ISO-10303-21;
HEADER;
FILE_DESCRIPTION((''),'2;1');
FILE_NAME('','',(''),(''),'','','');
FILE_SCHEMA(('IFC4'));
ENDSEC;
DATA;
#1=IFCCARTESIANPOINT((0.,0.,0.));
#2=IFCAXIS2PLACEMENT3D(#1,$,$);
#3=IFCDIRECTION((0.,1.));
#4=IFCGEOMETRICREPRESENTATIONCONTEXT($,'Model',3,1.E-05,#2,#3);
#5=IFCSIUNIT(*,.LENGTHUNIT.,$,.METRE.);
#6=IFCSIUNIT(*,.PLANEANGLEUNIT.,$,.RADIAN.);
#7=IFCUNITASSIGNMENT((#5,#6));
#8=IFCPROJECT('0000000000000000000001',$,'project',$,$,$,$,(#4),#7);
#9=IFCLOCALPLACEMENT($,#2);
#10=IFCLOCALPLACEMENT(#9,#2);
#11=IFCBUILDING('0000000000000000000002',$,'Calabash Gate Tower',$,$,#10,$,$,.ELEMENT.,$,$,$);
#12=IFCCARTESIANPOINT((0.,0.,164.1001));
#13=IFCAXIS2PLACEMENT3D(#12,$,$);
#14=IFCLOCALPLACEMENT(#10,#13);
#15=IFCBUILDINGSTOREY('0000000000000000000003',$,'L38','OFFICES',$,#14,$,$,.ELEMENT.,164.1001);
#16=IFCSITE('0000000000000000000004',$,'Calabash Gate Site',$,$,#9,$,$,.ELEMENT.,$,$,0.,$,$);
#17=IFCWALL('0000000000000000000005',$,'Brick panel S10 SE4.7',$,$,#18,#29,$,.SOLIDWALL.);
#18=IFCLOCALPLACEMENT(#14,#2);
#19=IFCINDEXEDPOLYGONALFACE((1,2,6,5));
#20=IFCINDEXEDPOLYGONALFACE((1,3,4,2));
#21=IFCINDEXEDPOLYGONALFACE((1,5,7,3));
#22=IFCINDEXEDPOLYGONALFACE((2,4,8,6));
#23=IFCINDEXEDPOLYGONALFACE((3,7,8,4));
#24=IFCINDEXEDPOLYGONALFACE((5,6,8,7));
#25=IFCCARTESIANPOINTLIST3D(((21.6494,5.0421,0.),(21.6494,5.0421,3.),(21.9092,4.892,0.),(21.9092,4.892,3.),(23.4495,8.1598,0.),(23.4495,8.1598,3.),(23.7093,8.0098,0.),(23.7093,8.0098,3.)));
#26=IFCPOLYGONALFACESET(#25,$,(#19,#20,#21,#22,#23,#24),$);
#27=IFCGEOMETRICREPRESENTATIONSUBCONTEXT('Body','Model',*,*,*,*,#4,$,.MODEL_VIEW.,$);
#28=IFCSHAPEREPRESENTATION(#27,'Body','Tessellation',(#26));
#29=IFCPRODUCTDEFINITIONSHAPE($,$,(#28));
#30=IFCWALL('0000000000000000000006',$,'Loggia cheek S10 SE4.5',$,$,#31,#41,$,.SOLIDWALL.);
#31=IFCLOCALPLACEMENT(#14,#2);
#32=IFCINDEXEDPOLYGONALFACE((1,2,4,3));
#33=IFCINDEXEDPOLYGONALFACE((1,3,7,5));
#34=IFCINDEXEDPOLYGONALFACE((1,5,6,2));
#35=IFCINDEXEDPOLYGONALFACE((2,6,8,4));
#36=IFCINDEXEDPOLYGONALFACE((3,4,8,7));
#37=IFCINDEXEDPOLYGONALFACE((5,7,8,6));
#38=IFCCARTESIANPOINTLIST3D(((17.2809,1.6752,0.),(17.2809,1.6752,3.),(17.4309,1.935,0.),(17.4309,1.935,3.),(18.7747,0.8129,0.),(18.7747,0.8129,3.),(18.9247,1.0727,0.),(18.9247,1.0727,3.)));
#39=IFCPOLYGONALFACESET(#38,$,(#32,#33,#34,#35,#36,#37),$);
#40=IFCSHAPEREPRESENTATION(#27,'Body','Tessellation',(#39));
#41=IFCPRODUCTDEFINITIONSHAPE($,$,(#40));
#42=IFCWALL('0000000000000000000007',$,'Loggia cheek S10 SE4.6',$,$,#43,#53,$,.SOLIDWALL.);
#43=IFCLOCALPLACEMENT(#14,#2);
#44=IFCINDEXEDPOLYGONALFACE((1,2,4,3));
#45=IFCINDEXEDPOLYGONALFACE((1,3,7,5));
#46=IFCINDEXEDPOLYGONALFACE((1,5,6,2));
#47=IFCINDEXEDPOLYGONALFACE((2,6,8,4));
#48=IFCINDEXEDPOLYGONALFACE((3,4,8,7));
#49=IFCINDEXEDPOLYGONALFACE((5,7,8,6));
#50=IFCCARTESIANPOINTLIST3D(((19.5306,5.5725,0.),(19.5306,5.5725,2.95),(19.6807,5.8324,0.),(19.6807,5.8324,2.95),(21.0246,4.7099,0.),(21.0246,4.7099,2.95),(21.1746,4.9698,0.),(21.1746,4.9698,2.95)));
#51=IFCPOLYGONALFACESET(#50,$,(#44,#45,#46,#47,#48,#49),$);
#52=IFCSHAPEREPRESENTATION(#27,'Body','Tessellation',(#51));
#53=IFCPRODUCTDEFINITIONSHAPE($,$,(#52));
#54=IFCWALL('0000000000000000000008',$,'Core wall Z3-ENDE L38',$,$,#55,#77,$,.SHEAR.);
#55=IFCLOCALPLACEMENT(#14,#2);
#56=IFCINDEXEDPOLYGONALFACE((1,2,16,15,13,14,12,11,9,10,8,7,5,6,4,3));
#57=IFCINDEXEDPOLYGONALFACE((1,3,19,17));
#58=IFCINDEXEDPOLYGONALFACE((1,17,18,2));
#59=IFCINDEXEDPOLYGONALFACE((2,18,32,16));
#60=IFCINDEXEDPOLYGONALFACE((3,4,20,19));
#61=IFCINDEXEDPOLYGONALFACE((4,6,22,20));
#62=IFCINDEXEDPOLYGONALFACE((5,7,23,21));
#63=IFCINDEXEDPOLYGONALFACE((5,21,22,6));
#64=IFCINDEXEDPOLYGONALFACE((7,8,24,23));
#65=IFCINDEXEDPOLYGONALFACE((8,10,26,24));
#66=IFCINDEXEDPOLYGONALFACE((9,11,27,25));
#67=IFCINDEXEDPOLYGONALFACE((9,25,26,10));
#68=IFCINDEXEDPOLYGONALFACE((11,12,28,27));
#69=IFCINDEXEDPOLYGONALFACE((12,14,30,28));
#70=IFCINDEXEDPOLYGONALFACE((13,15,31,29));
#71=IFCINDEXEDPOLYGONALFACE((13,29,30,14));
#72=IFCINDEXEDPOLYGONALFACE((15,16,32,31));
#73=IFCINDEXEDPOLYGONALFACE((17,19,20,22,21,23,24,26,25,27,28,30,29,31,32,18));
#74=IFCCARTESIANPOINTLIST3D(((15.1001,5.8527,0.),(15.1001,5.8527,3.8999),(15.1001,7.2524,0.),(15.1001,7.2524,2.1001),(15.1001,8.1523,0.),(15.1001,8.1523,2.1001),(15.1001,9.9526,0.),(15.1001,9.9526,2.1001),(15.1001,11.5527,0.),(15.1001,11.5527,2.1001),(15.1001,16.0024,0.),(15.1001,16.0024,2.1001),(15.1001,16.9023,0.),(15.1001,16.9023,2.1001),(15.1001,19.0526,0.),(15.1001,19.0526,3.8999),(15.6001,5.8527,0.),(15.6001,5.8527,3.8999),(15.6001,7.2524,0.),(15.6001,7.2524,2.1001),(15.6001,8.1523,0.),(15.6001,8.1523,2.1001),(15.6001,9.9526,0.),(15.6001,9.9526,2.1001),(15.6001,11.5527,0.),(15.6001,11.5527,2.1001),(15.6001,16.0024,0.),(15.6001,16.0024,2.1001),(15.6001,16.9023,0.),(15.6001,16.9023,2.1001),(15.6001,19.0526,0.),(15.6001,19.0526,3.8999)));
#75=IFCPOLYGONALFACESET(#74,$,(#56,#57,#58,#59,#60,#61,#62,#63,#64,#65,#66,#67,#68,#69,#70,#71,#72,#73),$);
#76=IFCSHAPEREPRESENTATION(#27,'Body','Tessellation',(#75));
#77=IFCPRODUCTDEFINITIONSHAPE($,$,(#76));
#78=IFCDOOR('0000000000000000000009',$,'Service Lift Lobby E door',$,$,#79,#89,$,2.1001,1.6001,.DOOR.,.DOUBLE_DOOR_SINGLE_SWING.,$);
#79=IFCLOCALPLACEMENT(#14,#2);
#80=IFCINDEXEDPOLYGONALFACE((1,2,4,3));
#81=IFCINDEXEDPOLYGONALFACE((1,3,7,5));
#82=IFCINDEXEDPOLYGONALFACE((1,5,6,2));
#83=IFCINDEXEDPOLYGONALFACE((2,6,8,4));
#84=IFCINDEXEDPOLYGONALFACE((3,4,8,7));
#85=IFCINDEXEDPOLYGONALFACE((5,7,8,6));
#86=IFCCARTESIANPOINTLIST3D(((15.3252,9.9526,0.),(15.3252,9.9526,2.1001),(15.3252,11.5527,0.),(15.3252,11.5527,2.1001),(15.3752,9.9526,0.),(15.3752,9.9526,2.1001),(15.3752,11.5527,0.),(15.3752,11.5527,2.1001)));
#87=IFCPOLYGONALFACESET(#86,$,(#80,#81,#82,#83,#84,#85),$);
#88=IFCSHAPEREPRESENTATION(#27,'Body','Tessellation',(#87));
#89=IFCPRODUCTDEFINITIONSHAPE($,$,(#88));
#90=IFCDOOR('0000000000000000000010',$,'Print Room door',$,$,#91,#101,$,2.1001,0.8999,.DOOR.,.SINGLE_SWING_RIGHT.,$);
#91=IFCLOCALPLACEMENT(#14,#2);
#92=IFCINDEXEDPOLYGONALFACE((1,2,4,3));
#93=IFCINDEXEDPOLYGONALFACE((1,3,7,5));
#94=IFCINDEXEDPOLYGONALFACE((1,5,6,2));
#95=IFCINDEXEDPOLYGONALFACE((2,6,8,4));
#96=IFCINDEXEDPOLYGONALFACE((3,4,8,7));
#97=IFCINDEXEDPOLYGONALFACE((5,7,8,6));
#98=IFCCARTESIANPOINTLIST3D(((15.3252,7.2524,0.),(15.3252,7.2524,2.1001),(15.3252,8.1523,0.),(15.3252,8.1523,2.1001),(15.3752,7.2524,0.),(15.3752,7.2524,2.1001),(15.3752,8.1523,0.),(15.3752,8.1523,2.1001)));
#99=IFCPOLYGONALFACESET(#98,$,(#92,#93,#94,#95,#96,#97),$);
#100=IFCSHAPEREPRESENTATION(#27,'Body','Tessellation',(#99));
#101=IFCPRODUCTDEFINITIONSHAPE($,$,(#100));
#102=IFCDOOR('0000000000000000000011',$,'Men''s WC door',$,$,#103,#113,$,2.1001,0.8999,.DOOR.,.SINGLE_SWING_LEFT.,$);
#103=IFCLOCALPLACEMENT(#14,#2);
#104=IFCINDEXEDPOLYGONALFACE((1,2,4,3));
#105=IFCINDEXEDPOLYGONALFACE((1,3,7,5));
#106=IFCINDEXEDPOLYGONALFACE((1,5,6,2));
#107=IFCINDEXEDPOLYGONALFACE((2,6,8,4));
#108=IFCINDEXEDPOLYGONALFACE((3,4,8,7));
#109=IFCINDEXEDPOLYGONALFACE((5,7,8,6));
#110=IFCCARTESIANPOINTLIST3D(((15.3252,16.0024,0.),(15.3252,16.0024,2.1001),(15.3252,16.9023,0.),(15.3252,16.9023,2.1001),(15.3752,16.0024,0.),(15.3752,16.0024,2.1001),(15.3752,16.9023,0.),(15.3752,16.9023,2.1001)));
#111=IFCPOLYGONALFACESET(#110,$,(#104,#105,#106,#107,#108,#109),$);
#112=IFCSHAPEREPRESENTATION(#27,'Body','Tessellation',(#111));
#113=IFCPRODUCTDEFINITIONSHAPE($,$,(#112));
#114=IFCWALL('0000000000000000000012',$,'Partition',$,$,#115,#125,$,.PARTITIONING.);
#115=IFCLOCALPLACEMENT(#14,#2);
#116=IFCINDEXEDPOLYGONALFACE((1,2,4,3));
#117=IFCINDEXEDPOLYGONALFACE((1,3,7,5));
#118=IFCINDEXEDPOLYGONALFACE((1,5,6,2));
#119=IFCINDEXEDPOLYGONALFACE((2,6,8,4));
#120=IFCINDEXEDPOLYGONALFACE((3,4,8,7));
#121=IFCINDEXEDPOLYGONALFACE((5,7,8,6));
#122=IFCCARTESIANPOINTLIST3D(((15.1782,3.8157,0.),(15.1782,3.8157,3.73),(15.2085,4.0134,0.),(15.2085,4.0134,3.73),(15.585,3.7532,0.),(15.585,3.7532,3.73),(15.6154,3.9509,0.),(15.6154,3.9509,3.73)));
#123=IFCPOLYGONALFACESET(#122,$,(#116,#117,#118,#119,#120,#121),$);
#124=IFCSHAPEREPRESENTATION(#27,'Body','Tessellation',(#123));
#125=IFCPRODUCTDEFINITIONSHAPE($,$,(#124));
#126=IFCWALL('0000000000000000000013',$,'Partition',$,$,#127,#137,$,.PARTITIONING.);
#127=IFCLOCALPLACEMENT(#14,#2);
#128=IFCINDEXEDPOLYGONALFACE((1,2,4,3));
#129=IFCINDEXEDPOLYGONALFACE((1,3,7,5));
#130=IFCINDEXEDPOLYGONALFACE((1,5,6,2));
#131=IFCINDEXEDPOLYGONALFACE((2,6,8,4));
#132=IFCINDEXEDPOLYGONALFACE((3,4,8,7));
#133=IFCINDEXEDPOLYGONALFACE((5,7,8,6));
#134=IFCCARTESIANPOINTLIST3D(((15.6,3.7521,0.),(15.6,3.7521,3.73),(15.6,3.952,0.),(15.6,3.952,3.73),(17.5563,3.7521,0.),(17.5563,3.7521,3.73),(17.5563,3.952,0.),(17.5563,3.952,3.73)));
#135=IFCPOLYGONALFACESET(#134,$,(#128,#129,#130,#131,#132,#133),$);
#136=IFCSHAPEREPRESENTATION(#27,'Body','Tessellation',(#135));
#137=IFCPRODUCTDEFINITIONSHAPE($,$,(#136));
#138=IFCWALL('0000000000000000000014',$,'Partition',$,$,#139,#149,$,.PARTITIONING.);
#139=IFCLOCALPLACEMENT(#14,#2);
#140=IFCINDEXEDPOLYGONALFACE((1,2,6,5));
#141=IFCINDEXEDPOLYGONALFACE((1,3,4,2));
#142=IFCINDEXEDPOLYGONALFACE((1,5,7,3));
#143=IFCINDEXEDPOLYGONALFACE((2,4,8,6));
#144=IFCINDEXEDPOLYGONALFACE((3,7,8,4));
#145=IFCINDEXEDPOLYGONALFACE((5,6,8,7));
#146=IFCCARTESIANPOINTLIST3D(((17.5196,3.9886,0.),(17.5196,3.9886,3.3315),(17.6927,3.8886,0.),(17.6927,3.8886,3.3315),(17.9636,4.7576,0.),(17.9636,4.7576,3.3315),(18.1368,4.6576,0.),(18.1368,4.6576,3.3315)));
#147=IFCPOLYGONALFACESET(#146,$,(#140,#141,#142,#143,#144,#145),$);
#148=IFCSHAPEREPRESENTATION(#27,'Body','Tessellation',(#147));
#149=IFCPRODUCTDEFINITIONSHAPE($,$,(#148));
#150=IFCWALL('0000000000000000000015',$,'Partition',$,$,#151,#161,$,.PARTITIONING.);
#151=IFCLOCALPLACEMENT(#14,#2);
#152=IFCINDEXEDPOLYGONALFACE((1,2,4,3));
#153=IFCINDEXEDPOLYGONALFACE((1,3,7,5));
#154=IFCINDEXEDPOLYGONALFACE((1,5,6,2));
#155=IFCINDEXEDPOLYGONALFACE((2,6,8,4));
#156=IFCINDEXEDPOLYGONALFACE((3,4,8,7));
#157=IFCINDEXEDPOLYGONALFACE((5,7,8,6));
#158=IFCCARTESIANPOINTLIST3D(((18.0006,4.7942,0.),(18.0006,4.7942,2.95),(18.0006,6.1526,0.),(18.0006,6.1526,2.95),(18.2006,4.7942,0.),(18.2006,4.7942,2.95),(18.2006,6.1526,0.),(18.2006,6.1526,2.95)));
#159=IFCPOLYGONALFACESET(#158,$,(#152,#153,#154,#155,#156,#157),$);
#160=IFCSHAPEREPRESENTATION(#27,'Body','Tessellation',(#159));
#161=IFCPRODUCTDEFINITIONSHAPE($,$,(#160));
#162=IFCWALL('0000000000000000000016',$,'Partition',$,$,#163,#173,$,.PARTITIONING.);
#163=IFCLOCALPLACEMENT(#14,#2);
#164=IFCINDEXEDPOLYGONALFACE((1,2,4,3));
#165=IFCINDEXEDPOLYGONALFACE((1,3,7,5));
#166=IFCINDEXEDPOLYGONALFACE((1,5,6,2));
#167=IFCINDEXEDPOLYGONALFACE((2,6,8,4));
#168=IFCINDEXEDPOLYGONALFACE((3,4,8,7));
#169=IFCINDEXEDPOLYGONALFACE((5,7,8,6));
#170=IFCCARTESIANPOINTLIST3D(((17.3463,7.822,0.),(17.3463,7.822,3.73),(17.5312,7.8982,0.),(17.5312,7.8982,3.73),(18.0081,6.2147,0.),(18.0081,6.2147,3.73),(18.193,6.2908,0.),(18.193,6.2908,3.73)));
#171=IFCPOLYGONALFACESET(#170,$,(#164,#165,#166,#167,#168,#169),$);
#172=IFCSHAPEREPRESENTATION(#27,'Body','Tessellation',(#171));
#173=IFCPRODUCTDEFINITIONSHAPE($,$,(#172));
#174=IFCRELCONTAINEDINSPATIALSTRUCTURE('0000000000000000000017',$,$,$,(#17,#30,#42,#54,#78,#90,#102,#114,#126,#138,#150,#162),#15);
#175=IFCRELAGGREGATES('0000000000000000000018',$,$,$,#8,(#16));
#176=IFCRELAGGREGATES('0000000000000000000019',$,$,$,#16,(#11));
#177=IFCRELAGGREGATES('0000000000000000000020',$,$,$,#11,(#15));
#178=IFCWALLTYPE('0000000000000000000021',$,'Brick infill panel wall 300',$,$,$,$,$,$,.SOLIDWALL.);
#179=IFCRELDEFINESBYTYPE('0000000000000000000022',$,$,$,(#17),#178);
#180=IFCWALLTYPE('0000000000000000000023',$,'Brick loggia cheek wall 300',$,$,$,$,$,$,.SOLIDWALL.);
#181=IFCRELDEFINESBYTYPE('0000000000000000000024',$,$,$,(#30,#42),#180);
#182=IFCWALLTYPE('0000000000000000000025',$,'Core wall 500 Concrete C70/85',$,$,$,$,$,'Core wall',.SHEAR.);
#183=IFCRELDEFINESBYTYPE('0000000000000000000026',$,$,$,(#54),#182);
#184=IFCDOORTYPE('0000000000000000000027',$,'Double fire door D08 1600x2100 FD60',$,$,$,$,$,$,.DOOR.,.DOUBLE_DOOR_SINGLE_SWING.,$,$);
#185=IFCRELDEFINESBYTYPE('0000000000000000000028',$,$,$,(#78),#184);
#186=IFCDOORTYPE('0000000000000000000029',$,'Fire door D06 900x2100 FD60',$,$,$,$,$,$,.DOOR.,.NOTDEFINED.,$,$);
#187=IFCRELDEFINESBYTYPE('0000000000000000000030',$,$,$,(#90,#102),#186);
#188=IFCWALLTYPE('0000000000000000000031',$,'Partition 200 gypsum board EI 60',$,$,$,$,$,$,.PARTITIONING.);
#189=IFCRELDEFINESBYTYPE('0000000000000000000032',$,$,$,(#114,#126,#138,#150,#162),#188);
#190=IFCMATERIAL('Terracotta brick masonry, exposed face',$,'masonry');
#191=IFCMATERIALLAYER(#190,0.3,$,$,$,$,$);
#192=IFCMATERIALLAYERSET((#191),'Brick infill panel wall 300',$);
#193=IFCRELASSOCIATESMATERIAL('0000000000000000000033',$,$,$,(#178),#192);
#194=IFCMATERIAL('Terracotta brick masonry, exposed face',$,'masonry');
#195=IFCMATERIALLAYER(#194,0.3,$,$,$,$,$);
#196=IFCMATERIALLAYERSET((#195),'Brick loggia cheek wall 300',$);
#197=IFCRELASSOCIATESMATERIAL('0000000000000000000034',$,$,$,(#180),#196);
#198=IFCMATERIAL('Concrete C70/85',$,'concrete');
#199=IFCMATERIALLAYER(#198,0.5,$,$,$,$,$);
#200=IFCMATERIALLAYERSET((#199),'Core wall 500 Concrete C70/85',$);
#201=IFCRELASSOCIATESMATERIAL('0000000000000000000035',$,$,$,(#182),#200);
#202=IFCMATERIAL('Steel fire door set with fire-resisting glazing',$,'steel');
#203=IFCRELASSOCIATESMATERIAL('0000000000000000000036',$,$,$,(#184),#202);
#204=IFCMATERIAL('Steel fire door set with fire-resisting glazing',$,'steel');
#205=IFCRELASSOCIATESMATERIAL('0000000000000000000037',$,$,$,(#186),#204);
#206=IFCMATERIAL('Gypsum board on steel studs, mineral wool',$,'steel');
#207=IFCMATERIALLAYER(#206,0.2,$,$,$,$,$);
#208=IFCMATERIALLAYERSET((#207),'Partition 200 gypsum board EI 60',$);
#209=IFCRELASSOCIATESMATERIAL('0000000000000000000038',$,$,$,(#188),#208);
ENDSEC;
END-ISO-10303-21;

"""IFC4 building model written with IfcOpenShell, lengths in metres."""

from ifc_helpers import new_model, si_unit, direction, frame, frame_2d, origin, place, context, subcontext, project, spatial, rectangle, extrude, material, layer, layer_set, type_object, element, fill, save


model = new_model("IFC4")

# Units and contexts
model_context = context("Model", 3, precision=1e-05, world=origin(), true_north=direction((0.0, 1.0)))
body_context = subcontext(model_context, "Body", "Model", "MODEL_VIEW")
ifc_project = project(units=[si_unit("LENGTHUNIT", "METRE"), si_unit("PLANEANGLEUNIT", "RADIAN")], contexts=[model_context])

# Site, building, storey
site_placement = place(None, origin())
site = spatial("IfcSite", under=ifc_project, at=site_placement, Name="Calabash Gate Site", CompositionType="ELEMENT", RefElevation=0.0)
building_placement = place(site_placement, origin())
building = spatial("IfcBuilding", under=site, at=building_placement, Name="Calabash Gate Tower", CompositionType="ELEMENT")
storey_placement = place(building_placement, frame((0.0, 0.0, 164.1001)))
storey = spatial("IfcBuildingStorey", under=building, at=storey_placement, Name="L38", Description="OFFICES", CompositionType="ELEMENT", Elevation=164.1001)

# Walls
ifc_material_1 = material(Name="Terracotta brick masonry, exposed face", Category="masonry")
ifc_layer_1 = layer(ifc_material_1, 0.3)
ifc_layer_set_1 = layer_set([ifc_layer_1], Name="Brick infill panel wall 300")
wall_type_1 = type_object("IfcWallType", Name="Brick infill panel wall 300", PredefinedType="SOLIDWALL", material=ifc_layer_set_1)
wall_1_placement = place(storey_placement, frame((21.7793, 4.967, 0.0), z_axis=(0.0, 0.0, 1.0), x_axis=(0.500012, 0.866018, 0.0)))
element("IfcWall", 1, at=wall_1_placement, inside=storey, type_object=wall_type_1, Name="Brick panel S10 SE4.7", PredefinedType="SOLIDWALL", context=body_context, shape_type="SweptSolid", body=[
    extrude(rectangle(XDim=3.6001, YDim=0.3, at=frame_2d((1.8, 0.0))), origin(), (0.0, 0.0, 1.0), 3.0),
])
ifc_material_2 = material(Name="Terracotta brick masonry, exposed face", Category="masonry")
ifc_layer_2 = layer(ifc_material_2, 0.3)
ifc_layer_set_2 = layer_set([ifc_layer_2], Name="Brick loggia cheek wall 300")
wall_type_2 = type_object("IfcWallType", Name="Brick loggia cheek wall 300", PredefinedType="SOLIDWALL", material=ifc_layer_set_2)
wall_2_placement = place(storey_placement, frame((18.8496, 0.9429, 0.0), z_axis=(0.0, 0.0, 1.0), x_axis=(-0.866075, 0.499914, 0.0)))
element("IfcWall", 2, at=wall_2_placement, inside=storey, type_object=wall_type_2, Name="Loggia cheek S10 SE4.5", PredefinedType="SOLIDWALL", context=body_context, shape_type="SweptSolid", body=[
    extrude(rectangle(XDim=1.7249, YDim=0.3, at=frame_2d((0.8623, 0.0))), origin(), (0.0, 0.0, 1.0), 3.0),
])
wall_3_placement = place(storey_placement, frame((21.0996, 4.8398, 0.0), z_axis=(0.0, 0.0, 1.0), x_axis=(-0.866014, 0.500021, 0.0)))
element("IfcWall", 3, at=wall_3_placement, inside=storey, type_object=wall_type_2, Name="Loggia cheek S10 SE4.6", PredefinedType="SOLIDWALL", context=body_context, shape_type="SweptSolid", body=[
    extrude(rectangle(XDim=1.7251, YDim=0.3, at=frame_2d((0.8625, 0.0))), origin(), (0.0, 0.0, 1.0), 2.95),
])

# Wall, openings, doors
ifc_material_3 = material(Name="Concrete C70/85", Category="concrete")
ifc_layer_3 = layer(ifc_material_3, 0.5)
ifc_layer_set_3 = layer_set([ifc_layer_3], Name="Core wall 500 Concrete C70/85")
wall_type_3 = type_object("IfcWallType", Name="Core wall 500 Concrete C70/85", ElementType="Core wall", PredefinedType="SHEAR", material=ifc_layer_set_3)
wall_4_placement = place(storey_placement, frame((15.3501, 5.8525, 0.0), z_axis=(0.0, 0.0, 1.0), x_axis=(0.0, 1.0, 0.0)))
wall_4 = element("IfcWall", 4, at=wall_4_placement, inside=storey, type_object=wall_type_3, Name="Core wall Z3-ENDE L38", PredefinedType="SHEAR", context=body_context, shape_type="SweptSolid", body=[
    extrude(rectangle(XDim=13.2, YDim=0.5, at=frame_2d((6.6001, 0.0))), origin(), (0.0, 0.0, 1.0), 3.8999),
])
opening_1_placement = place(wall_4_placement, frame((4.1001, 0.0, 0.0)))
opening_1 = element("IfcOpeningElement", 5, at=opening_1_placement, cuts=wall_4, PredefinedType="OPENING", context=body_context, shape_type="SweptSolid", body=[
    extrude(rectangle(XDim=1.6001, YDim=2.1001, at=frame_2d((0.8, 1.05))), frame((0.0, 0.26, 0.0), z_axis=(0.0, -1.0, 0.0), x_axis=(1.0, 0.0, 0.0)), (0.0, 0.0, 1.0), 0.52),
])
opening_2_placement = place(wall_4_placement, frame((1.3999, 0.0, 0.0)))
opening_2 = element("IfcOpeningElement", 6, at=opening_2_placement, cuts=wall_4, PredefinedType="OPENING", context=body_context, shape_type="SweptSolid", body=[
    extrude(rectangle(XDim=0.8999, YDim=2.1001, at=frame_2d((0.45, 1.05))), frame((0.0, 0.26, 0.0), z_axis=(0.0, -1.0, 0.0), x_axis=(1.0, 0.0, 0.0)), (0.0, 0.0, 1.0), 0.52),
])
opening_3_placement = place(wall_4_placement, frame((10.1499, 0.0, 0.0)))
opening_3 = element("IfcOpeningElement", 7, at=opening_3_placement, cuts=wall_4, PredefinedType="OPENING", context=body_context, shape_type="SweptSolid", body=[
    extrude(rectangle(XDim=0.8999, YDim=2.1001, at=frame_2d((0.45, 1.05))), frame((0.0, 0.26, 0.0), z_axis=(0.0, -1.0, 0.0), x_axis=(1.0, 0.0, 0.0)), (0.0, 0.0, 1.0), 0.52),
])
ifc_material_4 = material(Name="Steel fire door set with fire-resisting glazing", Category="steel")
door_type_1 = type_object("IfcDoorType", Name="Double fire door D08 1600x2100 FD60", OperationType="DOUBLE_DOOR_SINGLE_SWING", PredefinedType="DOOR", material=ifc_material_4)
door_1_placement = place(opening_1_placement, origin())
door_1 = element("IfcDoor", 8, at=door_1_placement, inside=storey, type_object=door_type_1, Name="Service Lift Lobby E door", OperationType="DOUBLE_DOOR_SINGLE_SWING", OverallHeight=2.1001, OverallWidth=1.6001, PredefinedType="DOOR", context=body_context, shape_type="SweptSolid", body=[
    extrude(rectangle(XDim=1.6001, YDim=2.1001, at=frame_2d((0.8, 1.05))), frame((0.0, 0.0249, 0.0), z_axis=(0.0, -1.0, 0.0), x_axis=(1.0, 0.0, 0.0)), (0.0, 0.0, 1.0), 0.05),
])
fill(opening_1, door_1)
ifc_material_5 = material(Name="Steel fire door set with fire-resisting glazing", Category="steel")
door_type_2 = type_object("IfcDoorType", Name="Fire door D06 900x2100 FD60", OperationType="NOTDEFINED", PredefinedType="DOOR", material=ifc_material_5)
door_2_placement = place(opening_2_placement, origin())
door_2 = element("IfcDoor", 9, at=door_2_placement, inside=storey, type_object=door_type_2, Name="Print Room door", OperationType="SINGLE_SWING_RIGHT", OverallHeight=2.1001, OverallWidth=0.8999, PredefinedType="DOOR", context=body_context, shape_type="SweptSolid", body=[
    extrude(rectangle(XDim=0.8999, YDim=2.1001, at=frame_2d((0.45, 1.05))), frame((0.0, 0.0249, 0.0), z_axis=(0.0, -1.0, 0.0), x_axis=(1.0, 0.0, 0.0)), (0.0, 0.0, 1.0), 0.05),
])
fill(opening_2, door_2)
door_3_placement = place(opening_3_placement, origin())
door_3 = element("IfcDoor", 10, at=door_3_placement, inside=storey, type_object=door_type_2, Name="Men's WC door", OperationType="SINGLE_SWING_LEFT", OverallHeight=2.1001, OverallWidth=0.8999, PredefinedType="DOOR", context=body_context, shape_type="SweptSolid", body=[
    extrude(rectangle(XDim=0.8999, YDim=2.1001, at=frame_2d((0.45, 1.05))), frame((0.0, 0.0249, 0.0), z_axis=(0.0, -1.0, 0.0), x_axis=(1.0, 0.0, 0.0)), (0.0, 0.0, 1.0), 0.05),
])
fill(opening_3, door_3)

# Walls
ifc_material_6 = material(Name="Gypsum board on steel studs, mineral wool", Category="steel")
ifc_layer_4 = layer(ifc_material_6, 0.2)
ifc_layer_set_4 = layer_set([ifc_layer_4], Name="Partition 200 gypsum board EI 60")
wall_type_4 = type_object("IfcWallType", Name="Partition 200 gypsum board EI 60", PredefinedType="PARTITIONING", material=ifc_layer_set_4)
wall_5_placement = place(storey_placement, frame((15.1934, 3.9146, 0.0), z_axis=(0.0, 0.0, 1.0), x_axis=(0.988399, -0.151879, 0.0)))
element("IfcWall", 11, at=wall_5_placement, inside=storey, type_object=wall_type_4, Name="Partition", PredefinedType="PARTITIONING", context=body_context, shape_type="SweptSolid", body=[
    extrude(rectangle(XDim=0.4116, YDim=0.2, at=frame_2d((0.2058, 0.0))), origin(), (0.0, 0.0, 1.0), 3.73),
])
wall_6_placement = place(storey_placement, frame((15.6001, 3.8521, 0.0), z_axis=(0.0, 0.0, 1.0), x_axis=(1.0, 0.0, 0.0)))
element("IfcWall", 12, at=wall_6_placement, inside=storey, type_object=wall_type_4, Name="Partition", PredefinedType="PARTITIONING", context=body_context, shape_type="SweptSolid", body=[
    extrude(rectangle(XDim=1.9563, YDim=0.2, at=frame_2d((0.978, 0.0))), origin(), (0.0, 0.0, 1.0), 3.73),
])
wall_7_placement = place(storey_placement, frame((17.6062, 3.9387, 0.0), z_axis=(0.0, 0.0, 1.0), x_axis=(0.500071, 0.865984, 0.0)))
element("IfcWall", 13, at=wall_7_placement, inside=storey, type_object=wall_type_4, Name="Partition", PredefinedType="PARTITIONING", context=body_context, shape_type="SweptSolid", body=[
    extrude(rectangle(XDim=0.8879, YDim=0.2, at=frame_2d((0.4438, 0.0))), origin(), (0.0, 0.0, 1.0), 3.3315),
])
wall_8_placement = place(storey_placement, frame((18.1006, 4.7942, 0.0), z_axis=(0.0, 0.0, 1.0), x_axis=(0.0, 1.0, 0.0)))
element("IfcWall", 14, at=wall_8_placement, inside=storey, type_object=wall_type_4, Name="Partition", PredefinedType="PARTITIONING", context=body_context, shape_type="SweptSolid", body=[
    extrude(rectangle(XDim=1.3584, YDim=0.2, at=frame_2d((0.6792, 0.0))), origin(), (0.0, 0.0, 1.0), 2.95),
])
wall_9_placement = place(storey_placement, frame((17.4387, 7.8601, 0.0), z_axis=(0.0, 0.0, 1.0), x_axis=(0.380743, -0.924681, 0.0)))
element("IfcWall", 15, at=wall_9_placement, inside=storey, type_object=wall_type_4, Name="Partition", PredefinedType="PARTITIONING", context=body_context, shape_type="SweptSolid", body=[
    extrude(rectangle(XDim=1.7383, YDim=0.2, at=frame_2d((0.8691, 0.0))), origin(), (0.0, 0.0, 1.0), 3.73),
])

save(model, "model.ifc")
